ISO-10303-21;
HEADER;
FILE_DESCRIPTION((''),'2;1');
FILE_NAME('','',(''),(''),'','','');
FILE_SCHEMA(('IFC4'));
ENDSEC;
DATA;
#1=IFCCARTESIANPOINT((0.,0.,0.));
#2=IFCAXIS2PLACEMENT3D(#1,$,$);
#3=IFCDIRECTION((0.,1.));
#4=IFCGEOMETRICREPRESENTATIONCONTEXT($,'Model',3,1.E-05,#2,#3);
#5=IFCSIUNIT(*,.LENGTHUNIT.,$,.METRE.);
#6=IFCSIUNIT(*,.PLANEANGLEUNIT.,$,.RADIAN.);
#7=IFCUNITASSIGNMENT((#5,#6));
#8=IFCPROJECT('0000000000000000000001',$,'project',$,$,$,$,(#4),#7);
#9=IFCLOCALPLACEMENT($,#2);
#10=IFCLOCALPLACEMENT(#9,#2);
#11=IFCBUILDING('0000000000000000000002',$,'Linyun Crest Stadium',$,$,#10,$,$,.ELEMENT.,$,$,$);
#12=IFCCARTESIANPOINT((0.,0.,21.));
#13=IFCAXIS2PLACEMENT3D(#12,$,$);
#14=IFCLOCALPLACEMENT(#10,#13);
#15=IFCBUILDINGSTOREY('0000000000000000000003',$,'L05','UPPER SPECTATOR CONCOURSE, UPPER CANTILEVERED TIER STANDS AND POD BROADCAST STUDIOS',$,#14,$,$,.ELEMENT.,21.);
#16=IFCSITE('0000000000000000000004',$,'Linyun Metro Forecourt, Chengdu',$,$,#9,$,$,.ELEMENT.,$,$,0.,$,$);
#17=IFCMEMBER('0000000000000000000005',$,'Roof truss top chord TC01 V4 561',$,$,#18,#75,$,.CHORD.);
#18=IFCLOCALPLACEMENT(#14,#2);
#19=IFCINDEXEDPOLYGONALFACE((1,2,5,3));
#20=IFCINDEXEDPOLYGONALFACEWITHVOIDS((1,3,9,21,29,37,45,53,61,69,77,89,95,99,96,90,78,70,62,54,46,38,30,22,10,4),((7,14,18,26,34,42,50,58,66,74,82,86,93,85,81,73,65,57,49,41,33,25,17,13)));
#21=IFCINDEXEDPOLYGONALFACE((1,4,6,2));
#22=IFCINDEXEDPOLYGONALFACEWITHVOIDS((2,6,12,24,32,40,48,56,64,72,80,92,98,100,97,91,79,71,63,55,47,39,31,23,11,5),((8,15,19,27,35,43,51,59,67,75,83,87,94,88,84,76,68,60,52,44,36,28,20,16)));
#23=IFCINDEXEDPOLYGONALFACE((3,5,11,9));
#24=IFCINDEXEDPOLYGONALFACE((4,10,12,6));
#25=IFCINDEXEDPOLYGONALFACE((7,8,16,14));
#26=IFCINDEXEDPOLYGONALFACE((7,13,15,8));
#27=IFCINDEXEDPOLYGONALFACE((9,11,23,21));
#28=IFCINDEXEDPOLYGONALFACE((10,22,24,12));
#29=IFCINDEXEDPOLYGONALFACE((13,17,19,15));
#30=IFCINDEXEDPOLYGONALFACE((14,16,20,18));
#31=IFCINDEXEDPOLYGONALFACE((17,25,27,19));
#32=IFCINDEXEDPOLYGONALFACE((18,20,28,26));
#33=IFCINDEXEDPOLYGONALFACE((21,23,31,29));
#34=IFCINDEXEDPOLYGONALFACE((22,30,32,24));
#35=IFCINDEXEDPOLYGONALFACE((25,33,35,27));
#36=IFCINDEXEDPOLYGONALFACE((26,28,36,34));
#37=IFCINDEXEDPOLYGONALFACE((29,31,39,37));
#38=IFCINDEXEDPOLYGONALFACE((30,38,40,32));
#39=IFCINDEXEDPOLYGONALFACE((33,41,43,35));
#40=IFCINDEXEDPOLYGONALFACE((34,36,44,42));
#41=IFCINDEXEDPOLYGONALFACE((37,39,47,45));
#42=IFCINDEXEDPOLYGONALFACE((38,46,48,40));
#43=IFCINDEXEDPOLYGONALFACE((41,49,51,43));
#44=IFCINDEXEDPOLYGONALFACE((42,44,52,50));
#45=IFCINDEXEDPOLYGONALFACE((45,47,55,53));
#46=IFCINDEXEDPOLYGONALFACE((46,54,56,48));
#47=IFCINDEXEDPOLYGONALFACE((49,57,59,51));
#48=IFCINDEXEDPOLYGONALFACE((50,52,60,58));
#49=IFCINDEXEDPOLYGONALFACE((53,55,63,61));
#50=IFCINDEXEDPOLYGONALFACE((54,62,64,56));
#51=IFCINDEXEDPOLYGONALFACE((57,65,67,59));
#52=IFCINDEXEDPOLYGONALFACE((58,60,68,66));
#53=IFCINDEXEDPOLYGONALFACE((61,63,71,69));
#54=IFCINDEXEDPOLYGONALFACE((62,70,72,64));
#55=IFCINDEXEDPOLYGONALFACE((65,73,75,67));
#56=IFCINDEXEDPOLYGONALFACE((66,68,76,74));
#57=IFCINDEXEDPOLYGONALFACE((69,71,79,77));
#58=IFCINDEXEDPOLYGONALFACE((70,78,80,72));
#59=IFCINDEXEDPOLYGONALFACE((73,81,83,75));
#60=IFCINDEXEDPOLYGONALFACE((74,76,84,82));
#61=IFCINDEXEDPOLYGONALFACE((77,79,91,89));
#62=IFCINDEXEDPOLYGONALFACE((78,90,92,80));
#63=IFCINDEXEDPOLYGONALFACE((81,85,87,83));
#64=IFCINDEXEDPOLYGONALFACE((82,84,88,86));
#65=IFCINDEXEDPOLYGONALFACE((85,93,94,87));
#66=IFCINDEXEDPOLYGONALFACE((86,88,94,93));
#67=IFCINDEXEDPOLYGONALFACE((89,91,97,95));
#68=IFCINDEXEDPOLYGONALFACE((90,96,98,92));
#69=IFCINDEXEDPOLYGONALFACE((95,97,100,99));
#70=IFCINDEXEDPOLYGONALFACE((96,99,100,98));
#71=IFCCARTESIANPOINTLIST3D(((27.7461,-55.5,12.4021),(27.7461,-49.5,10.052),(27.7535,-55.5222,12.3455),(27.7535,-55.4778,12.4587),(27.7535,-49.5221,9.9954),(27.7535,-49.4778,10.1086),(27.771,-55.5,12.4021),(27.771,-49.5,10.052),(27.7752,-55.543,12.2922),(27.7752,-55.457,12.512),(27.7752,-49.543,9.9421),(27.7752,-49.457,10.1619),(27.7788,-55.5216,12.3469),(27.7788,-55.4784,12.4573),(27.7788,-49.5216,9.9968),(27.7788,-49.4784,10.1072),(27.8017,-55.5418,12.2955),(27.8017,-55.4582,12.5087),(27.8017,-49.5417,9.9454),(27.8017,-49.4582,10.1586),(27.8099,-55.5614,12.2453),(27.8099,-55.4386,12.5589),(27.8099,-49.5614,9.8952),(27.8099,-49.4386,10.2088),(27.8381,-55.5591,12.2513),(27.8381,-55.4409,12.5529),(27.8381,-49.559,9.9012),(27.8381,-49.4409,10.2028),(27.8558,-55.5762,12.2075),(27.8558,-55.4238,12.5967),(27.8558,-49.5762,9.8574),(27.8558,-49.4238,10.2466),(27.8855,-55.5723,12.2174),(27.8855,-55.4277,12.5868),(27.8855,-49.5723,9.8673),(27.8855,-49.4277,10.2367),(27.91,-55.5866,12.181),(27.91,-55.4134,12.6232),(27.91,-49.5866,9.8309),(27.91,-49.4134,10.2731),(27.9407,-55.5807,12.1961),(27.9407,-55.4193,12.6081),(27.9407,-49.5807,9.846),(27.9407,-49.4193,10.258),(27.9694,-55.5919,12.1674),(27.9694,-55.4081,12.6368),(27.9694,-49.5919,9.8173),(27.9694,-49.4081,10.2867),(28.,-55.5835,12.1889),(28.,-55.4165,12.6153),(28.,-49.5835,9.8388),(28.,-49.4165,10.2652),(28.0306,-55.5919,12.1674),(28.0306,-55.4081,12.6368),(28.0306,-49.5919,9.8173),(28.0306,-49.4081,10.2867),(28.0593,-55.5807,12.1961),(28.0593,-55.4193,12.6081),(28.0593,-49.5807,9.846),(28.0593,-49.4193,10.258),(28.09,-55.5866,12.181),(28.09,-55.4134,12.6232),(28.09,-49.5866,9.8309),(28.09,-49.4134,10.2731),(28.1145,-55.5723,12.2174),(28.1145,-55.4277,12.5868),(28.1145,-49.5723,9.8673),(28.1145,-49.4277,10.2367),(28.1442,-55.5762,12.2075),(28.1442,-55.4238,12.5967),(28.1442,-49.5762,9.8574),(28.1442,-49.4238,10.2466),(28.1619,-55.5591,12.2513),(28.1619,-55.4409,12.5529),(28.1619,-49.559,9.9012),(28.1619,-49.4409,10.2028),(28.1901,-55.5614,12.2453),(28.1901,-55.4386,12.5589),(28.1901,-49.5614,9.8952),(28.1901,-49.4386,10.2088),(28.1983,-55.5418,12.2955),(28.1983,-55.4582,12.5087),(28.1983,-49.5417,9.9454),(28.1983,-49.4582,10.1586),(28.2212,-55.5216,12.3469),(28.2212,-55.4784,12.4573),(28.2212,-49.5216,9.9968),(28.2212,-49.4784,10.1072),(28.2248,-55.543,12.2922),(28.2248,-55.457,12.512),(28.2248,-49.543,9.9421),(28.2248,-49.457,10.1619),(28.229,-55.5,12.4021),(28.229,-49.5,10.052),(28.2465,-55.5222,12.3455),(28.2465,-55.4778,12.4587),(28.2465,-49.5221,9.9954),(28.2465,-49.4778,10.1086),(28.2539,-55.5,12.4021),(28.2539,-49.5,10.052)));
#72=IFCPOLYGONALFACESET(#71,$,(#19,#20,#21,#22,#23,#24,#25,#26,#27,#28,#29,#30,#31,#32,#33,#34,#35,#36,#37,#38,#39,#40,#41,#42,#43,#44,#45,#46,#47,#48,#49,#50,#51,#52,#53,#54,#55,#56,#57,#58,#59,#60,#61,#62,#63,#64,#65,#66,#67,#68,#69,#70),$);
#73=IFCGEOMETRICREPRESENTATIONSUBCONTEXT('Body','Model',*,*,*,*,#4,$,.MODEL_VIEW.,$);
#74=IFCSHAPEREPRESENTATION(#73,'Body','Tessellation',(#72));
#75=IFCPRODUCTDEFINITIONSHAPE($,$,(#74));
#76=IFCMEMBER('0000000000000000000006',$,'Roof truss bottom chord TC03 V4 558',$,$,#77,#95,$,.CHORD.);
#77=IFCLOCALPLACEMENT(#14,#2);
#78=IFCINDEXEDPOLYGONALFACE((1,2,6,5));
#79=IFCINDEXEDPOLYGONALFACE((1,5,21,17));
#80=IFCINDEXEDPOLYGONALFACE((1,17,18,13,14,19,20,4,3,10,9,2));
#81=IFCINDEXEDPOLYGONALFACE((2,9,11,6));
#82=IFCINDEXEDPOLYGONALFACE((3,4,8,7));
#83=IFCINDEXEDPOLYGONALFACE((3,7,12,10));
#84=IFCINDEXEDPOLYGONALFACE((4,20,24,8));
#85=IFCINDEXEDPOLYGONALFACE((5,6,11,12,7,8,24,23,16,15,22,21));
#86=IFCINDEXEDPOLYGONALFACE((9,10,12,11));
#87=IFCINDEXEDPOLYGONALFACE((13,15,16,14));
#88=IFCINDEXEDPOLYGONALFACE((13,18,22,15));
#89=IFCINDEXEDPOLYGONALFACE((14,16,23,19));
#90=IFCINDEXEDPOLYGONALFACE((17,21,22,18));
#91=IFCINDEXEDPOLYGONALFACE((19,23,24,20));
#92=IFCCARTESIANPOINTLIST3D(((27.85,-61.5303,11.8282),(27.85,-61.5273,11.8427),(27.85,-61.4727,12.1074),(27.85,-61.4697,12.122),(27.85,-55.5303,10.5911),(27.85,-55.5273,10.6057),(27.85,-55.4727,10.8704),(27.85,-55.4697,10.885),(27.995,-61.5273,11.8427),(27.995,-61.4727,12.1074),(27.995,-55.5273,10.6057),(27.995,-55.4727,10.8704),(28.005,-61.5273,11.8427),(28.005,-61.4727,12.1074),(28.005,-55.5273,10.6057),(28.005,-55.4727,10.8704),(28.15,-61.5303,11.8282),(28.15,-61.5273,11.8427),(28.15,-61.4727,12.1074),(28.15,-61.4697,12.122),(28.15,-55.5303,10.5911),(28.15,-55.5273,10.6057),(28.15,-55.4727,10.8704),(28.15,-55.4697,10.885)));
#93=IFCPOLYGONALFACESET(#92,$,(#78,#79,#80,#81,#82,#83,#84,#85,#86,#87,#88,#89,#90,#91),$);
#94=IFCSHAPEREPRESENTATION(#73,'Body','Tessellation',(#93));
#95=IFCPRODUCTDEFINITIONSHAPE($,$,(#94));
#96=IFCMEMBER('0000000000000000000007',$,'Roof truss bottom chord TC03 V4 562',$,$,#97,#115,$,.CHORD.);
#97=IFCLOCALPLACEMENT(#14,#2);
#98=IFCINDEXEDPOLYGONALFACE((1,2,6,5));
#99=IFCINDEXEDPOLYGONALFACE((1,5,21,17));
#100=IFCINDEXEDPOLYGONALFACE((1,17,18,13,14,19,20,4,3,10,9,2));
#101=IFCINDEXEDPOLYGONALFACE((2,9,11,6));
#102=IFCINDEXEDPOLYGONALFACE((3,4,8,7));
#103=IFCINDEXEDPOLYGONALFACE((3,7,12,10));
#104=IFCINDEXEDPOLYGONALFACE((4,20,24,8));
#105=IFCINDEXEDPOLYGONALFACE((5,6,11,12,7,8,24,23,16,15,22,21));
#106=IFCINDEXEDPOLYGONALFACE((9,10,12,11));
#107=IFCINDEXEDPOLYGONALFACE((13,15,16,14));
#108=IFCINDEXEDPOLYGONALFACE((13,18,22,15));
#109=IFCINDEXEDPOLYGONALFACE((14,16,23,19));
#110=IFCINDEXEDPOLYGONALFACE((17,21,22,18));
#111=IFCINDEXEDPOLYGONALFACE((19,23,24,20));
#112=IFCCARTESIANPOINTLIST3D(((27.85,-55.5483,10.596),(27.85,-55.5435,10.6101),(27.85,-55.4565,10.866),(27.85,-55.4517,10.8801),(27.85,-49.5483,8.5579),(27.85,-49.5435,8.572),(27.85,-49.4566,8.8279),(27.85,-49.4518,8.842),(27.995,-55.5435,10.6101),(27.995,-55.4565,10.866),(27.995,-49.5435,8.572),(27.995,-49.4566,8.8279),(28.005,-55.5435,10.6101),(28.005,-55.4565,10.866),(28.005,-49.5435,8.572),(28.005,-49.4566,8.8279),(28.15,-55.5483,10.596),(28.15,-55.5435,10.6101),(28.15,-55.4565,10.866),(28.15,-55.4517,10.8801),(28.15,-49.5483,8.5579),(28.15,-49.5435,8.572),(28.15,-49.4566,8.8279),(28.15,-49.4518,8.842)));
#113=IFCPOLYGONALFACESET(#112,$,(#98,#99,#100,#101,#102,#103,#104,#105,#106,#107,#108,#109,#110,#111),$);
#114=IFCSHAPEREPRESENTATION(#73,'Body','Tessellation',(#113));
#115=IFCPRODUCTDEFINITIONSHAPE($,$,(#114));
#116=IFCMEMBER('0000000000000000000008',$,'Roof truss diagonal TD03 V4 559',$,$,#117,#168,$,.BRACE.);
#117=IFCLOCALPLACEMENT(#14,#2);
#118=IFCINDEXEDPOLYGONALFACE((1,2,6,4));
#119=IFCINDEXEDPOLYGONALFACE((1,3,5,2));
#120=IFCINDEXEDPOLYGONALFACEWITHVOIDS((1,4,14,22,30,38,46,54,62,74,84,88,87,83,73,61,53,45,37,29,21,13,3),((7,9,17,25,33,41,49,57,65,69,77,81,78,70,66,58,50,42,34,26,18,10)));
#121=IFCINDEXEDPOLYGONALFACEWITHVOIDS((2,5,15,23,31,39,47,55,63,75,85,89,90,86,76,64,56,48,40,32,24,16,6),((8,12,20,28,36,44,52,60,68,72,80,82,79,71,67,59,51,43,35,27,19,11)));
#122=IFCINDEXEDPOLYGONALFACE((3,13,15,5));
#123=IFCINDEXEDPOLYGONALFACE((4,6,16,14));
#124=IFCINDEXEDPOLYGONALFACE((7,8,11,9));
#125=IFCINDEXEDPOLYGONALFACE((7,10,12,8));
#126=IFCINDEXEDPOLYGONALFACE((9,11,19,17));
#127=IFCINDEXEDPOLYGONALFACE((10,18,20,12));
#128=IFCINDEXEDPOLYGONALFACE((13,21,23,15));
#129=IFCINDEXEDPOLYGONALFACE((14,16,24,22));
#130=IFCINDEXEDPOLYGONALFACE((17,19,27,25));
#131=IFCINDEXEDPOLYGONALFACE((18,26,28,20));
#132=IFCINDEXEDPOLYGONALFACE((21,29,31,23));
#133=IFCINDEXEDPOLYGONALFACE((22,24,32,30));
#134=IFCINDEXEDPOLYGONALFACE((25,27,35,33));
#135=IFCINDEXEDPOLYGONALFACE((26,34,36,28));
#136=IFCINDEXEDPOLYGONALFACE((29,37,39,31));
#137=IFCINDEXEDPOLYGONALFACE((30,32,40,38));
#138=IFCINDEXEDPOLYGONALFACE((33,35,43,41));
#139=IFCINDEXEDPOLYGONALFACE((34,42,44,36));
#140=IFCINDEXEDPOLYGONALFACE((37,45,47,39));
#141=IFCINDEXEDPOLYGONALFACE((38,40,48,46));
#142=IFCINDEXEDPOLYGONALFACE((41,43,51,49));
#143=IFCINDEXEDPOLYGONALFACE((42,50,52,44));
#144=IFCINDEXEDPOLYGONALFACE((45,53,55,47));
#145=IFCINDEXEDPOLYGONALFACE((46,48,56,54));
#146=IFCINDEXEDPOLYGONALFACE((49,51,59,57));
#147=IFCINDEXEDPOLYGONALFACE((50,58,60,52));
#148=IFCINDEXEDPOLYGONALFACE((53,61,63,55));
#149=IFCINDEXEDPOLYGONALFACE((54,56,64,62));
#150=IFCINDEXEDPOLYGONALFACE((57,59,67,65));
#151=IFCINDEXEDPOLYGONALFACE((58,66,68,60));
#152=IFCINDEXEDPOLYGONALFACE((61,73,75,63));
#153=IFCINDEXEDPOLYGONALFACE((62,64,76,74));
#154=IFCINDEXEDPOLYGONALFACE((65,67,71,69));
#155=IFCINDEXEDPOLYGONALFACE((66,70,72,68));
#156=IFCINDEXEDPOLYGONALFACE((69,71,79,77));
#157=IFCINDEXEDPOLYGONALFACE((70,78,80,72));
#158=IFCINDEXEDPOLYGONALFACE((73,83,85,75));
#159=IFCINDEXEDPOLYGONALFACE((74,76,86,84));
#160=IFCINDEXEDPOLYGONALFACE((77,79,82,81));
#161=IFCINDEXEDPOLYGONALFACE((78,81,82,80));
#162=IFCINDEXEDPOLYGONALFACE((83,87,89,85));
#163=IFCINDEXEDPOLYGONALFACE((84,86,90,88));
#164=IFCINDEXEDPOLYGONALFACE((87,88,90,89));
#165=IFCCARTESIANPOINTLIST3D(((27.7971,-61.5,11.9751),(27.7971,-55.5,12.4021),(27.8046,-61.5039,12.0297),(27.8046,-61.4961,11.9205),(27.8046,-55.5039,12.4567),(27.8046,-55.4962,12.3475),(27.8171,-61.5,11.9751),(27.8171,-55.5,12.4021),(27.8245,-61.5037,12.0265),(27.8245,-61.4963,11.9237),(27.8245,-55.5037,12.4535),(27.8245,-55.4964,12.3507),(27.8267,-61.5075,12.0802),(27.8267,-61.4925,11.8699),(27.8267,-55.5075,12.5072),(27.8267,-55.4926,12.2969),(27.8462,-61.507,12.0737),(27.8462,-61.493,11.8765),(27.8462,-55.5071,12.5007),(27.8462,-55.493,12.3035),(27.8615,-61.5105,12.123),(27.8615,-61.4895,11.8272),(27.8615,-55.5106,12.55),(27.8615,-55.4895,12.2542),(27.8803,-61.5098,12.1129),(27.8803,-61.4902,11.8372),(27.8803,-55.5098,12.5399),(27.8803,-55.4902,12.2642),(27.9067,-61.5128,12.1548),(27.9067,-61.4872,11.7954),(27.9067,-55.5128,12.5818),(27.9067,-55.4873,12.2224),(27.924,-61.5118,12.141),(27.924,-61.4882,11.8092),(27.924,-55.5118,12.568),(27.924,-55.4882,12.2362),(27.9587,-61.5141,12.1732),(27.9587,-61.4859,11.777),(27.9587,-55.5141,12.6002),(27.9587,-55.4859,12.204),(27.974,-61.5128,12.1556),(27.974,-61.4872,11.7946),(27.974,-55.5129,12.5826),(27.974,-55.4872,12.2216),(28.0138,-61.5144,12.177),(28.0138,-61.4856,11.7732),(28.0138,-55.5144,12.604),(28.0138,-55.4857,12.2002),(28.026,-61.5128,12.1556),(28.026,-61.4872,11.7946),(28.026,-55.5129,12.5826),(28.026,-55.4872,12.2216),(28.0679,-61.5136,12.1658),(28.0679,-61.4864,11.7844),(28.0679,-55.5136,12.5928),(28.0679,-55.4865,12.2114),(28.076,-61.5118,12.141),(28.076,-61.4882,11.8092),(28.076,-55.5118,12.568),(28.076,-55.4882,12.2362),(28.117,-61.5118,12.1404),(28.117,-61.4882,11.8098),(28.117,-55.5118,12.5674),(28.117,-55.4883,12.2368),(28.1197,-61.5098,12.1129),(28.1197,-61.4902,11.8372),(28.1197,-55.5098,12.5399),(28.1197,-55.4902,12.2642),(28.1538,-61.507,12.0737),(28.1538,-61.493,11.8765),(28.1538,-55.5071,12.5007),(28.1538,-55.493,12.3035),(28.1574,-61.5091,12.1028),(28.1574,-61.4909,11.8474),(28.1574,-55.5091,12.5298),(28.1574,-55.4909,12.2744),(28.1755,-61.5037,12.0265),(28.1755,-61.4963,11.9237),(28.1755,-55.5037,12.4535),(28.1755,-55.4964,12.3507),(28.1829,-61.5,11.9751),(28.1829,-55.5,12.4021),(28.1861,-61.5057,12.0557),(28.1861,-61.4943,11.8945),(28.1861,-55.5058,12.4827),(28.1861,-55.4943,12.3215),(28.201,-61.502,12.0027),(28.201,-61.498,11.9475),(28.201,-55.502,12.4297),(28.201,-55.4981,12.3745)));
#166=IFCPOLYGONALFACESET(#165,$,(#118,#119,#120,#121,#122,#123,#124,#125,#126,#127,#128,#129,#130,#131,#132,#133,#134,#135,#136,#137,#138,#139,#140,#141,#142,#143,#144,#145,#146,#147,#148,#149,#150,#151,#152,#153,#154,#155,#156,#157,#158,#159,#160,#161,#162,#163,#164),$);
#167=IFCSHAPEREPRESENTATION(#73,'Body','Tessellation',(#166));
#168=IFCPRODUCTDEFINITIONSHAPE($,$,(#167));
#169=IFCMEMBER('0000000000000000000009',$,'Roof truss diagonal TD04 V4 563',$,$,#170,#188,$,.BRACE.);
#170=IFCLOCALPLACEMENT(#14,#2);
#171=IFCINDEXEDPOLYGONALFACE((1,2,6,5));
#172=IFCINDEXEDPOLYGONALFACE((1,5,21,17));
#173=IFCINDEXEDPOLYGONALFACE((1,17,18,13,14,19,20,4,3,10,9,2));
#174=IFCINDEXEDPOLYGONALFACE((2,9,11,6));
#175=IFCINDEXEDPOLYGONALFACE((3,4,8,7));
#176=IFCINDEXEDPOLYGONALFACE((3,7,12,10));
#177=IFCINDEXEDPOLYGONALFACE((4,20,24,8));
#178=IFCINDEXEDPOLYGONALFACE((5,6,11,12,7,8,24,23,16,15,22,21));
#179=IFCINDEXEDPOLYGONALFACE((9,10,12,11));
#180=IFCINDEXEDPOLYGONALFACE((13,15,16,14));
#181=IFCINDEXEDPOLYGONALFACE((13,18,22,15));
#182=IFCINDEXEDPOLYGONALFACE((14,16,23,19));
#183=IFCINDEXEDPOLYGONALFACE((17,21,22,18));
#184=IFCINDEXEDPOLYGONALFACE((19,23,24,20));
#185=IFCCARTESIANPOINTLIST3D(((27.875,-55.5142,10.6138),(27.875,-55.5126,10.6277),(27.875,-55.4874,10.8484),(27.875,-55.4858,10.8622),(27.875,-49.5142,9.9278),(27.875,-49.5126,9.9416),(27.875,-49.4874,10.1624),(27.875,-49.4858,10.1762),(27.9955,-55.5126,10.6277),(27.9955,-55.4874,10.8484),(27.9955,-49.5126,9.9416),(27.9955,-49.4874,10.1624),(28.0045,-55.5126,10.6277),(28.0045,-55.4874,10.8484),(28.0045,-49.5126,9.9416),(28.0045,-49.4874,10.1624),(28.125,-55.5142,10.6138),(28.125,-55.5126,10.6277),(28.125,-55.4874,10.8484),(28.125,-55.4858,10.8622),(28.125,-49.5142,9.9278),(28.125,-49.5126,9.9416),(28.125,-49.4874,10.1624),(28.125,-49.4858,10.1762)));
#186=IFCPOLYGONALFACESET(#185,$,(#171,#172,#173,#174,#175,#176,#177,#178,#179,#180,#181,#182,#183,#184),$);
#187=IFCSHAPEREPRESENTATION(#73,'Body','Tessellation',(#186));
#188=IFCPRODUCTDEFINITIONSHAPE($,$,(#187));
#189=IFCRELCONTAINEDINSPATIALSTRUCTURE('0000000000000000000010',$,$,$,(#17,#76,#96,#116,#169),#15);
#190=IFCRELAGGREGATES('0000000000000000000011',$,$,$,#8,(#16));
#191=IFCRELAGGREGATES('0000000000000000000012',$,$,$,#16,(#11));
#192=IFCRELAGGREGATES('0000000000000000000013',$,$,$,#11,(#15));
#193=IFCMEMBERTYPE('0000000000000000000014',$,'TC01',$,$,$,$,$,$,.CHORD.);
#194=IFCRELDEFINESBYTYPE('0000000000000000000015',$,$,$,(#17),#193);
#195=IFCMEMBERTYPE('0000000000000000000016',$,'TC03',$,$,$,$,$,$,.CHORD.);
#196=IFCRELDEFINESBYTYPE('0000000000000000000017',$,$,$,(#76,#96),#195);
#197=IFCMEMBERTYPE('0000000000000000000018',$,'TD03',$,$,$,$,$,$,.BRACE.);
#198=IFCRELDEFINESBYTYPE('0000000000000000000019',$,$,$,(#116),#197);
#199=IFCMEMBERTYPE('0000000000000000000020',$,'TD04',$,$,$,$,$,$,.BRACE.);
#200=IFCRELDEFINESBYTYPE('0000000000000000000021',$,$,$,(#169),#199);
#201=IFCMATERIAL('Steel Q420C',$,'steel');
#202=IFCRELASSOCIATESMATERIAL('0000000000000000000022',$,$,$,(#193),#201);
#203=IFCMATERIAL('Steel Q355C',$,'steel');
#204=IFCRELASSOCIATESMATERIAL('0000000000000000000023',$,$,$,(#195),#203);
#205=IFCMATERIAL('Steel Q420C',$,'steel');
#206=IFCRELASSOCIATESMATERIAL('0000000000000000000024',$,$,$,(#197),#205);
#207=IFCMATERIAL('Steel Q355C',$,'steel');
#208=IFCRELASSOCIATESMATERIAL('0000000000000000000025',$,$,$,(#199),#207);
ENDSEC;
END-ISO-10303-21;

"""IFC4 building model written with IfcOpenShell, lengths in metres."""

from ifc_helpers import new_model, si_unit, direction, frame, origin, origin_2d, place, context, subcontext, project, spatial, hollow_circle, i_section, extrude, material, material_profile, profile_set, type_object, element, save


model = new_model("IFC4")

# Units and contexts
model_context = context("Model", 3, precision=1e-05, world=origin(), true_north=direction((0.0, 1.0)))
body_context = subcontext(model_context, "Body", "Model", "MODEL_VIEW")
ifc_project = project(units=[si_unit("LENGTHUNIT", "METRE"), si_unit("PLANEANGLEUNIT", "RADIAN")], contexts=[model_context])

# Site, building, storey
site_placement = place(None, origin())
site = spatial("IfcSite", under=ifc_project, at=site_placement, Name="Linyun Metro Forecourt, Chengdu", CompositionType="ELEMENT", RefElevation=0.0)
building_placement = place(site_placement, origin())
building = spatial("IfcBuilding", under=site, at=building_placement, Name="Linyun Crest Stadium", CompositionType="ELEMENT")
storey_placement = place(building_placement, frame((0.0, 0.0, 21.0)))
storey = spatial("IfcBuildingStorey", under=building, at=storey_placement, Name="L05", Description="UPPER SPECTATOR CONCOURSE, UPPER CANTILEVERED TIER STANDS AND POD BROADCAST STUDIOS", CompositionType="ELEMENT", Elevation=21.0)

# Members
ifc_material_1 = material(Name="Steel Q420C", Category="steel")
ifc_material_profile_1 = material_profile(ifc_material_1, hollow_circle(Radius=0.2539, WallThickness=0.0249, at=origin_2d()), Name="CHS 508x25")
ifc_profile_set_1 = profile_set([ifc_material_profile_1], Name="Steel Q420C")
member_type_1 = type_object("IfcMemberType", Name="TC01", PredefinedType="CHORD", material=ifc_profile_set_1)
member_1_placement = place(storey_placement, frame((28.0, -55.5, 12.4021), z_axis=(0.0, 0.931123, -0.364705), x_axis=(-1.0, 0.0, 0.0)))
element("IfcMember", 1, at=member_1_placement, inside=storey, type_object=member_type_1, Name="Roof truss top chord TC01 V4 561", PredefinedType="CHORD", context=body_context, shape_type="SweptSolid", body=[
    extrude(hollow_circle(Radius=0.2539, WallThickness=0.0249, at=origin_2d()), origin(), (0.0, 0.0, 1.0), 6.4438),
])
ifc_material_2 = material(Name="Steel Q355C", Category="steel")
ifc_material_profile_2 = material_profile(ifc_material_2, i_section(OverallWidth=0.3, OverallDepth=0.3, WebThickness=0.01, FlangeThickness=0.0149, at=origin_2d()), Name="HW 300x300")
ifc_profile_set_2 = profile_set([ifc_material_profile_2], Name="Steel Q355C")
member_type_2 = type_object("IfcMemberType", Name="TC03", PredefinedType="CHORD", material=ifc_profile_set_2)
member_2_placement = place(storey_placement, frame((28.0, -61.5, 11.9751), z_axis=(0.0, 0.9794, -0.20193), x_axis=(-1.0, 0.0, 0.0)))
element("IfcMember", 2, at=member_2_placement, inside=storey, type_object=member_type_2, Name="Roof truss bottom chord TC03 V4 558", PredefinedType="CHORD", context=body_context, shape_type="SweptSolid", body=[
    extrude(i_section(OverallWidth=0.3, OverallDepth=0.3, WebThickness=0.01, FlangeThickness=0.0149, at=origin_2d()), origin(), (0.0, 0.0, 1.0), 6.1262),
])
member_3_placement = place(storey_placement, frame((28.0, -55.5, 10.738), z_axis=(0.0, 0.946865, -0.321632), x_axis=(-1.0, 0.0, 0.0)))
element("IfcMember", 3, at=member_3_placement, inside=storey, type_object=member_type_2, Name="Roof truss bottom chord TC03 V4 562", PredefinedType="CHORD", context=body_context, shape_type="SweptSolid", body=[
    extrude(i_section(OverallWidth=0.3, OverallDepth=0.3, WebThickness=0.01, FlangeThickness=0.0149, at=origin_2d()), origin(), (0.0, 0.0, 1.0), 6.3367),
])
ifc_material_3 = material(Name="Steel Q420C", Category="steel")
ifc_material_profile_3 = material_profile(ifc_material_3, hollow_circle(Radius=0.2029, WallThickness=0.02, at=origin_2d()), Name="CHS 406x20")
ifc_profile_set_3 = profile_set([ifc_material_profile_3], Name="Steel Q420C")
member_type_3 = type_object("IfcMemberType", Name="TD03", PredefinedType="BRACE", material=ifc_profile_set_3)
member_4_placement = place(storey_placement, frame((28.0, -61.5, 11.9751), z_axis=(0.0, 0.997477, 0.070987), x_axis=(-1.0, 0.0, 0.0)))
element("IfcMember", 4, at=member_4_placement, inside=storey, type_object=member_type_3, Name="Roof truss diagonal TD03 V4 559", PredefinedType="BRACE", context=body_context, shape_type="SweptSolid", body=[
    extrude(hollow_circle(Radius=0.2029, WallThickness=0.02, at=origin_2d()), origin(), (0.0, 0.0, 1.0), 6.0151),
])
ifc_material_4 = material(Name="Steel Q355C", Category="steel")
ifc_material_profile_4 = material_profile(ifc_material_4, i_section(OverallWidth=0.25, OverallDepth=0.25, WebThickness=0.009, FlangeThickness=0.0139, at=origin_2d()), Name="HW 250x250")
ifc_profile_set_4 = profile_set([ifc_material_profile_4], Name="Steel Q355C")
member_type_4 = type_object("IfcMemberType", Name="TD04", PredefinedType="BRACE", material=ifc_profile_set_4)
member_5_placement = place(storey_placement, frame((28.0, -55.5, 10.738), z_axis=(0.0, 0.993527, -0.113599), x_axis=(-1.0, 0.0, 0.0)))
element("IfcMember", 5, at=member_5_placement, inside=storey, type_object=member_type_4, Name="Roof truss diagonal TD04 V4 563", PredefinedType="BRACE", context=body_context, shape_type="SweptSolid", body=[
    extrude(i_section(OverallWidth=0.25, OverallDepth=0.25, WebThickness=0.009, FlangeThickness=0.0139, at=origin_2d()), origin(), (0.0, 0.0, 1.0), 6.0391),
])

save(model, "model.ifc")
